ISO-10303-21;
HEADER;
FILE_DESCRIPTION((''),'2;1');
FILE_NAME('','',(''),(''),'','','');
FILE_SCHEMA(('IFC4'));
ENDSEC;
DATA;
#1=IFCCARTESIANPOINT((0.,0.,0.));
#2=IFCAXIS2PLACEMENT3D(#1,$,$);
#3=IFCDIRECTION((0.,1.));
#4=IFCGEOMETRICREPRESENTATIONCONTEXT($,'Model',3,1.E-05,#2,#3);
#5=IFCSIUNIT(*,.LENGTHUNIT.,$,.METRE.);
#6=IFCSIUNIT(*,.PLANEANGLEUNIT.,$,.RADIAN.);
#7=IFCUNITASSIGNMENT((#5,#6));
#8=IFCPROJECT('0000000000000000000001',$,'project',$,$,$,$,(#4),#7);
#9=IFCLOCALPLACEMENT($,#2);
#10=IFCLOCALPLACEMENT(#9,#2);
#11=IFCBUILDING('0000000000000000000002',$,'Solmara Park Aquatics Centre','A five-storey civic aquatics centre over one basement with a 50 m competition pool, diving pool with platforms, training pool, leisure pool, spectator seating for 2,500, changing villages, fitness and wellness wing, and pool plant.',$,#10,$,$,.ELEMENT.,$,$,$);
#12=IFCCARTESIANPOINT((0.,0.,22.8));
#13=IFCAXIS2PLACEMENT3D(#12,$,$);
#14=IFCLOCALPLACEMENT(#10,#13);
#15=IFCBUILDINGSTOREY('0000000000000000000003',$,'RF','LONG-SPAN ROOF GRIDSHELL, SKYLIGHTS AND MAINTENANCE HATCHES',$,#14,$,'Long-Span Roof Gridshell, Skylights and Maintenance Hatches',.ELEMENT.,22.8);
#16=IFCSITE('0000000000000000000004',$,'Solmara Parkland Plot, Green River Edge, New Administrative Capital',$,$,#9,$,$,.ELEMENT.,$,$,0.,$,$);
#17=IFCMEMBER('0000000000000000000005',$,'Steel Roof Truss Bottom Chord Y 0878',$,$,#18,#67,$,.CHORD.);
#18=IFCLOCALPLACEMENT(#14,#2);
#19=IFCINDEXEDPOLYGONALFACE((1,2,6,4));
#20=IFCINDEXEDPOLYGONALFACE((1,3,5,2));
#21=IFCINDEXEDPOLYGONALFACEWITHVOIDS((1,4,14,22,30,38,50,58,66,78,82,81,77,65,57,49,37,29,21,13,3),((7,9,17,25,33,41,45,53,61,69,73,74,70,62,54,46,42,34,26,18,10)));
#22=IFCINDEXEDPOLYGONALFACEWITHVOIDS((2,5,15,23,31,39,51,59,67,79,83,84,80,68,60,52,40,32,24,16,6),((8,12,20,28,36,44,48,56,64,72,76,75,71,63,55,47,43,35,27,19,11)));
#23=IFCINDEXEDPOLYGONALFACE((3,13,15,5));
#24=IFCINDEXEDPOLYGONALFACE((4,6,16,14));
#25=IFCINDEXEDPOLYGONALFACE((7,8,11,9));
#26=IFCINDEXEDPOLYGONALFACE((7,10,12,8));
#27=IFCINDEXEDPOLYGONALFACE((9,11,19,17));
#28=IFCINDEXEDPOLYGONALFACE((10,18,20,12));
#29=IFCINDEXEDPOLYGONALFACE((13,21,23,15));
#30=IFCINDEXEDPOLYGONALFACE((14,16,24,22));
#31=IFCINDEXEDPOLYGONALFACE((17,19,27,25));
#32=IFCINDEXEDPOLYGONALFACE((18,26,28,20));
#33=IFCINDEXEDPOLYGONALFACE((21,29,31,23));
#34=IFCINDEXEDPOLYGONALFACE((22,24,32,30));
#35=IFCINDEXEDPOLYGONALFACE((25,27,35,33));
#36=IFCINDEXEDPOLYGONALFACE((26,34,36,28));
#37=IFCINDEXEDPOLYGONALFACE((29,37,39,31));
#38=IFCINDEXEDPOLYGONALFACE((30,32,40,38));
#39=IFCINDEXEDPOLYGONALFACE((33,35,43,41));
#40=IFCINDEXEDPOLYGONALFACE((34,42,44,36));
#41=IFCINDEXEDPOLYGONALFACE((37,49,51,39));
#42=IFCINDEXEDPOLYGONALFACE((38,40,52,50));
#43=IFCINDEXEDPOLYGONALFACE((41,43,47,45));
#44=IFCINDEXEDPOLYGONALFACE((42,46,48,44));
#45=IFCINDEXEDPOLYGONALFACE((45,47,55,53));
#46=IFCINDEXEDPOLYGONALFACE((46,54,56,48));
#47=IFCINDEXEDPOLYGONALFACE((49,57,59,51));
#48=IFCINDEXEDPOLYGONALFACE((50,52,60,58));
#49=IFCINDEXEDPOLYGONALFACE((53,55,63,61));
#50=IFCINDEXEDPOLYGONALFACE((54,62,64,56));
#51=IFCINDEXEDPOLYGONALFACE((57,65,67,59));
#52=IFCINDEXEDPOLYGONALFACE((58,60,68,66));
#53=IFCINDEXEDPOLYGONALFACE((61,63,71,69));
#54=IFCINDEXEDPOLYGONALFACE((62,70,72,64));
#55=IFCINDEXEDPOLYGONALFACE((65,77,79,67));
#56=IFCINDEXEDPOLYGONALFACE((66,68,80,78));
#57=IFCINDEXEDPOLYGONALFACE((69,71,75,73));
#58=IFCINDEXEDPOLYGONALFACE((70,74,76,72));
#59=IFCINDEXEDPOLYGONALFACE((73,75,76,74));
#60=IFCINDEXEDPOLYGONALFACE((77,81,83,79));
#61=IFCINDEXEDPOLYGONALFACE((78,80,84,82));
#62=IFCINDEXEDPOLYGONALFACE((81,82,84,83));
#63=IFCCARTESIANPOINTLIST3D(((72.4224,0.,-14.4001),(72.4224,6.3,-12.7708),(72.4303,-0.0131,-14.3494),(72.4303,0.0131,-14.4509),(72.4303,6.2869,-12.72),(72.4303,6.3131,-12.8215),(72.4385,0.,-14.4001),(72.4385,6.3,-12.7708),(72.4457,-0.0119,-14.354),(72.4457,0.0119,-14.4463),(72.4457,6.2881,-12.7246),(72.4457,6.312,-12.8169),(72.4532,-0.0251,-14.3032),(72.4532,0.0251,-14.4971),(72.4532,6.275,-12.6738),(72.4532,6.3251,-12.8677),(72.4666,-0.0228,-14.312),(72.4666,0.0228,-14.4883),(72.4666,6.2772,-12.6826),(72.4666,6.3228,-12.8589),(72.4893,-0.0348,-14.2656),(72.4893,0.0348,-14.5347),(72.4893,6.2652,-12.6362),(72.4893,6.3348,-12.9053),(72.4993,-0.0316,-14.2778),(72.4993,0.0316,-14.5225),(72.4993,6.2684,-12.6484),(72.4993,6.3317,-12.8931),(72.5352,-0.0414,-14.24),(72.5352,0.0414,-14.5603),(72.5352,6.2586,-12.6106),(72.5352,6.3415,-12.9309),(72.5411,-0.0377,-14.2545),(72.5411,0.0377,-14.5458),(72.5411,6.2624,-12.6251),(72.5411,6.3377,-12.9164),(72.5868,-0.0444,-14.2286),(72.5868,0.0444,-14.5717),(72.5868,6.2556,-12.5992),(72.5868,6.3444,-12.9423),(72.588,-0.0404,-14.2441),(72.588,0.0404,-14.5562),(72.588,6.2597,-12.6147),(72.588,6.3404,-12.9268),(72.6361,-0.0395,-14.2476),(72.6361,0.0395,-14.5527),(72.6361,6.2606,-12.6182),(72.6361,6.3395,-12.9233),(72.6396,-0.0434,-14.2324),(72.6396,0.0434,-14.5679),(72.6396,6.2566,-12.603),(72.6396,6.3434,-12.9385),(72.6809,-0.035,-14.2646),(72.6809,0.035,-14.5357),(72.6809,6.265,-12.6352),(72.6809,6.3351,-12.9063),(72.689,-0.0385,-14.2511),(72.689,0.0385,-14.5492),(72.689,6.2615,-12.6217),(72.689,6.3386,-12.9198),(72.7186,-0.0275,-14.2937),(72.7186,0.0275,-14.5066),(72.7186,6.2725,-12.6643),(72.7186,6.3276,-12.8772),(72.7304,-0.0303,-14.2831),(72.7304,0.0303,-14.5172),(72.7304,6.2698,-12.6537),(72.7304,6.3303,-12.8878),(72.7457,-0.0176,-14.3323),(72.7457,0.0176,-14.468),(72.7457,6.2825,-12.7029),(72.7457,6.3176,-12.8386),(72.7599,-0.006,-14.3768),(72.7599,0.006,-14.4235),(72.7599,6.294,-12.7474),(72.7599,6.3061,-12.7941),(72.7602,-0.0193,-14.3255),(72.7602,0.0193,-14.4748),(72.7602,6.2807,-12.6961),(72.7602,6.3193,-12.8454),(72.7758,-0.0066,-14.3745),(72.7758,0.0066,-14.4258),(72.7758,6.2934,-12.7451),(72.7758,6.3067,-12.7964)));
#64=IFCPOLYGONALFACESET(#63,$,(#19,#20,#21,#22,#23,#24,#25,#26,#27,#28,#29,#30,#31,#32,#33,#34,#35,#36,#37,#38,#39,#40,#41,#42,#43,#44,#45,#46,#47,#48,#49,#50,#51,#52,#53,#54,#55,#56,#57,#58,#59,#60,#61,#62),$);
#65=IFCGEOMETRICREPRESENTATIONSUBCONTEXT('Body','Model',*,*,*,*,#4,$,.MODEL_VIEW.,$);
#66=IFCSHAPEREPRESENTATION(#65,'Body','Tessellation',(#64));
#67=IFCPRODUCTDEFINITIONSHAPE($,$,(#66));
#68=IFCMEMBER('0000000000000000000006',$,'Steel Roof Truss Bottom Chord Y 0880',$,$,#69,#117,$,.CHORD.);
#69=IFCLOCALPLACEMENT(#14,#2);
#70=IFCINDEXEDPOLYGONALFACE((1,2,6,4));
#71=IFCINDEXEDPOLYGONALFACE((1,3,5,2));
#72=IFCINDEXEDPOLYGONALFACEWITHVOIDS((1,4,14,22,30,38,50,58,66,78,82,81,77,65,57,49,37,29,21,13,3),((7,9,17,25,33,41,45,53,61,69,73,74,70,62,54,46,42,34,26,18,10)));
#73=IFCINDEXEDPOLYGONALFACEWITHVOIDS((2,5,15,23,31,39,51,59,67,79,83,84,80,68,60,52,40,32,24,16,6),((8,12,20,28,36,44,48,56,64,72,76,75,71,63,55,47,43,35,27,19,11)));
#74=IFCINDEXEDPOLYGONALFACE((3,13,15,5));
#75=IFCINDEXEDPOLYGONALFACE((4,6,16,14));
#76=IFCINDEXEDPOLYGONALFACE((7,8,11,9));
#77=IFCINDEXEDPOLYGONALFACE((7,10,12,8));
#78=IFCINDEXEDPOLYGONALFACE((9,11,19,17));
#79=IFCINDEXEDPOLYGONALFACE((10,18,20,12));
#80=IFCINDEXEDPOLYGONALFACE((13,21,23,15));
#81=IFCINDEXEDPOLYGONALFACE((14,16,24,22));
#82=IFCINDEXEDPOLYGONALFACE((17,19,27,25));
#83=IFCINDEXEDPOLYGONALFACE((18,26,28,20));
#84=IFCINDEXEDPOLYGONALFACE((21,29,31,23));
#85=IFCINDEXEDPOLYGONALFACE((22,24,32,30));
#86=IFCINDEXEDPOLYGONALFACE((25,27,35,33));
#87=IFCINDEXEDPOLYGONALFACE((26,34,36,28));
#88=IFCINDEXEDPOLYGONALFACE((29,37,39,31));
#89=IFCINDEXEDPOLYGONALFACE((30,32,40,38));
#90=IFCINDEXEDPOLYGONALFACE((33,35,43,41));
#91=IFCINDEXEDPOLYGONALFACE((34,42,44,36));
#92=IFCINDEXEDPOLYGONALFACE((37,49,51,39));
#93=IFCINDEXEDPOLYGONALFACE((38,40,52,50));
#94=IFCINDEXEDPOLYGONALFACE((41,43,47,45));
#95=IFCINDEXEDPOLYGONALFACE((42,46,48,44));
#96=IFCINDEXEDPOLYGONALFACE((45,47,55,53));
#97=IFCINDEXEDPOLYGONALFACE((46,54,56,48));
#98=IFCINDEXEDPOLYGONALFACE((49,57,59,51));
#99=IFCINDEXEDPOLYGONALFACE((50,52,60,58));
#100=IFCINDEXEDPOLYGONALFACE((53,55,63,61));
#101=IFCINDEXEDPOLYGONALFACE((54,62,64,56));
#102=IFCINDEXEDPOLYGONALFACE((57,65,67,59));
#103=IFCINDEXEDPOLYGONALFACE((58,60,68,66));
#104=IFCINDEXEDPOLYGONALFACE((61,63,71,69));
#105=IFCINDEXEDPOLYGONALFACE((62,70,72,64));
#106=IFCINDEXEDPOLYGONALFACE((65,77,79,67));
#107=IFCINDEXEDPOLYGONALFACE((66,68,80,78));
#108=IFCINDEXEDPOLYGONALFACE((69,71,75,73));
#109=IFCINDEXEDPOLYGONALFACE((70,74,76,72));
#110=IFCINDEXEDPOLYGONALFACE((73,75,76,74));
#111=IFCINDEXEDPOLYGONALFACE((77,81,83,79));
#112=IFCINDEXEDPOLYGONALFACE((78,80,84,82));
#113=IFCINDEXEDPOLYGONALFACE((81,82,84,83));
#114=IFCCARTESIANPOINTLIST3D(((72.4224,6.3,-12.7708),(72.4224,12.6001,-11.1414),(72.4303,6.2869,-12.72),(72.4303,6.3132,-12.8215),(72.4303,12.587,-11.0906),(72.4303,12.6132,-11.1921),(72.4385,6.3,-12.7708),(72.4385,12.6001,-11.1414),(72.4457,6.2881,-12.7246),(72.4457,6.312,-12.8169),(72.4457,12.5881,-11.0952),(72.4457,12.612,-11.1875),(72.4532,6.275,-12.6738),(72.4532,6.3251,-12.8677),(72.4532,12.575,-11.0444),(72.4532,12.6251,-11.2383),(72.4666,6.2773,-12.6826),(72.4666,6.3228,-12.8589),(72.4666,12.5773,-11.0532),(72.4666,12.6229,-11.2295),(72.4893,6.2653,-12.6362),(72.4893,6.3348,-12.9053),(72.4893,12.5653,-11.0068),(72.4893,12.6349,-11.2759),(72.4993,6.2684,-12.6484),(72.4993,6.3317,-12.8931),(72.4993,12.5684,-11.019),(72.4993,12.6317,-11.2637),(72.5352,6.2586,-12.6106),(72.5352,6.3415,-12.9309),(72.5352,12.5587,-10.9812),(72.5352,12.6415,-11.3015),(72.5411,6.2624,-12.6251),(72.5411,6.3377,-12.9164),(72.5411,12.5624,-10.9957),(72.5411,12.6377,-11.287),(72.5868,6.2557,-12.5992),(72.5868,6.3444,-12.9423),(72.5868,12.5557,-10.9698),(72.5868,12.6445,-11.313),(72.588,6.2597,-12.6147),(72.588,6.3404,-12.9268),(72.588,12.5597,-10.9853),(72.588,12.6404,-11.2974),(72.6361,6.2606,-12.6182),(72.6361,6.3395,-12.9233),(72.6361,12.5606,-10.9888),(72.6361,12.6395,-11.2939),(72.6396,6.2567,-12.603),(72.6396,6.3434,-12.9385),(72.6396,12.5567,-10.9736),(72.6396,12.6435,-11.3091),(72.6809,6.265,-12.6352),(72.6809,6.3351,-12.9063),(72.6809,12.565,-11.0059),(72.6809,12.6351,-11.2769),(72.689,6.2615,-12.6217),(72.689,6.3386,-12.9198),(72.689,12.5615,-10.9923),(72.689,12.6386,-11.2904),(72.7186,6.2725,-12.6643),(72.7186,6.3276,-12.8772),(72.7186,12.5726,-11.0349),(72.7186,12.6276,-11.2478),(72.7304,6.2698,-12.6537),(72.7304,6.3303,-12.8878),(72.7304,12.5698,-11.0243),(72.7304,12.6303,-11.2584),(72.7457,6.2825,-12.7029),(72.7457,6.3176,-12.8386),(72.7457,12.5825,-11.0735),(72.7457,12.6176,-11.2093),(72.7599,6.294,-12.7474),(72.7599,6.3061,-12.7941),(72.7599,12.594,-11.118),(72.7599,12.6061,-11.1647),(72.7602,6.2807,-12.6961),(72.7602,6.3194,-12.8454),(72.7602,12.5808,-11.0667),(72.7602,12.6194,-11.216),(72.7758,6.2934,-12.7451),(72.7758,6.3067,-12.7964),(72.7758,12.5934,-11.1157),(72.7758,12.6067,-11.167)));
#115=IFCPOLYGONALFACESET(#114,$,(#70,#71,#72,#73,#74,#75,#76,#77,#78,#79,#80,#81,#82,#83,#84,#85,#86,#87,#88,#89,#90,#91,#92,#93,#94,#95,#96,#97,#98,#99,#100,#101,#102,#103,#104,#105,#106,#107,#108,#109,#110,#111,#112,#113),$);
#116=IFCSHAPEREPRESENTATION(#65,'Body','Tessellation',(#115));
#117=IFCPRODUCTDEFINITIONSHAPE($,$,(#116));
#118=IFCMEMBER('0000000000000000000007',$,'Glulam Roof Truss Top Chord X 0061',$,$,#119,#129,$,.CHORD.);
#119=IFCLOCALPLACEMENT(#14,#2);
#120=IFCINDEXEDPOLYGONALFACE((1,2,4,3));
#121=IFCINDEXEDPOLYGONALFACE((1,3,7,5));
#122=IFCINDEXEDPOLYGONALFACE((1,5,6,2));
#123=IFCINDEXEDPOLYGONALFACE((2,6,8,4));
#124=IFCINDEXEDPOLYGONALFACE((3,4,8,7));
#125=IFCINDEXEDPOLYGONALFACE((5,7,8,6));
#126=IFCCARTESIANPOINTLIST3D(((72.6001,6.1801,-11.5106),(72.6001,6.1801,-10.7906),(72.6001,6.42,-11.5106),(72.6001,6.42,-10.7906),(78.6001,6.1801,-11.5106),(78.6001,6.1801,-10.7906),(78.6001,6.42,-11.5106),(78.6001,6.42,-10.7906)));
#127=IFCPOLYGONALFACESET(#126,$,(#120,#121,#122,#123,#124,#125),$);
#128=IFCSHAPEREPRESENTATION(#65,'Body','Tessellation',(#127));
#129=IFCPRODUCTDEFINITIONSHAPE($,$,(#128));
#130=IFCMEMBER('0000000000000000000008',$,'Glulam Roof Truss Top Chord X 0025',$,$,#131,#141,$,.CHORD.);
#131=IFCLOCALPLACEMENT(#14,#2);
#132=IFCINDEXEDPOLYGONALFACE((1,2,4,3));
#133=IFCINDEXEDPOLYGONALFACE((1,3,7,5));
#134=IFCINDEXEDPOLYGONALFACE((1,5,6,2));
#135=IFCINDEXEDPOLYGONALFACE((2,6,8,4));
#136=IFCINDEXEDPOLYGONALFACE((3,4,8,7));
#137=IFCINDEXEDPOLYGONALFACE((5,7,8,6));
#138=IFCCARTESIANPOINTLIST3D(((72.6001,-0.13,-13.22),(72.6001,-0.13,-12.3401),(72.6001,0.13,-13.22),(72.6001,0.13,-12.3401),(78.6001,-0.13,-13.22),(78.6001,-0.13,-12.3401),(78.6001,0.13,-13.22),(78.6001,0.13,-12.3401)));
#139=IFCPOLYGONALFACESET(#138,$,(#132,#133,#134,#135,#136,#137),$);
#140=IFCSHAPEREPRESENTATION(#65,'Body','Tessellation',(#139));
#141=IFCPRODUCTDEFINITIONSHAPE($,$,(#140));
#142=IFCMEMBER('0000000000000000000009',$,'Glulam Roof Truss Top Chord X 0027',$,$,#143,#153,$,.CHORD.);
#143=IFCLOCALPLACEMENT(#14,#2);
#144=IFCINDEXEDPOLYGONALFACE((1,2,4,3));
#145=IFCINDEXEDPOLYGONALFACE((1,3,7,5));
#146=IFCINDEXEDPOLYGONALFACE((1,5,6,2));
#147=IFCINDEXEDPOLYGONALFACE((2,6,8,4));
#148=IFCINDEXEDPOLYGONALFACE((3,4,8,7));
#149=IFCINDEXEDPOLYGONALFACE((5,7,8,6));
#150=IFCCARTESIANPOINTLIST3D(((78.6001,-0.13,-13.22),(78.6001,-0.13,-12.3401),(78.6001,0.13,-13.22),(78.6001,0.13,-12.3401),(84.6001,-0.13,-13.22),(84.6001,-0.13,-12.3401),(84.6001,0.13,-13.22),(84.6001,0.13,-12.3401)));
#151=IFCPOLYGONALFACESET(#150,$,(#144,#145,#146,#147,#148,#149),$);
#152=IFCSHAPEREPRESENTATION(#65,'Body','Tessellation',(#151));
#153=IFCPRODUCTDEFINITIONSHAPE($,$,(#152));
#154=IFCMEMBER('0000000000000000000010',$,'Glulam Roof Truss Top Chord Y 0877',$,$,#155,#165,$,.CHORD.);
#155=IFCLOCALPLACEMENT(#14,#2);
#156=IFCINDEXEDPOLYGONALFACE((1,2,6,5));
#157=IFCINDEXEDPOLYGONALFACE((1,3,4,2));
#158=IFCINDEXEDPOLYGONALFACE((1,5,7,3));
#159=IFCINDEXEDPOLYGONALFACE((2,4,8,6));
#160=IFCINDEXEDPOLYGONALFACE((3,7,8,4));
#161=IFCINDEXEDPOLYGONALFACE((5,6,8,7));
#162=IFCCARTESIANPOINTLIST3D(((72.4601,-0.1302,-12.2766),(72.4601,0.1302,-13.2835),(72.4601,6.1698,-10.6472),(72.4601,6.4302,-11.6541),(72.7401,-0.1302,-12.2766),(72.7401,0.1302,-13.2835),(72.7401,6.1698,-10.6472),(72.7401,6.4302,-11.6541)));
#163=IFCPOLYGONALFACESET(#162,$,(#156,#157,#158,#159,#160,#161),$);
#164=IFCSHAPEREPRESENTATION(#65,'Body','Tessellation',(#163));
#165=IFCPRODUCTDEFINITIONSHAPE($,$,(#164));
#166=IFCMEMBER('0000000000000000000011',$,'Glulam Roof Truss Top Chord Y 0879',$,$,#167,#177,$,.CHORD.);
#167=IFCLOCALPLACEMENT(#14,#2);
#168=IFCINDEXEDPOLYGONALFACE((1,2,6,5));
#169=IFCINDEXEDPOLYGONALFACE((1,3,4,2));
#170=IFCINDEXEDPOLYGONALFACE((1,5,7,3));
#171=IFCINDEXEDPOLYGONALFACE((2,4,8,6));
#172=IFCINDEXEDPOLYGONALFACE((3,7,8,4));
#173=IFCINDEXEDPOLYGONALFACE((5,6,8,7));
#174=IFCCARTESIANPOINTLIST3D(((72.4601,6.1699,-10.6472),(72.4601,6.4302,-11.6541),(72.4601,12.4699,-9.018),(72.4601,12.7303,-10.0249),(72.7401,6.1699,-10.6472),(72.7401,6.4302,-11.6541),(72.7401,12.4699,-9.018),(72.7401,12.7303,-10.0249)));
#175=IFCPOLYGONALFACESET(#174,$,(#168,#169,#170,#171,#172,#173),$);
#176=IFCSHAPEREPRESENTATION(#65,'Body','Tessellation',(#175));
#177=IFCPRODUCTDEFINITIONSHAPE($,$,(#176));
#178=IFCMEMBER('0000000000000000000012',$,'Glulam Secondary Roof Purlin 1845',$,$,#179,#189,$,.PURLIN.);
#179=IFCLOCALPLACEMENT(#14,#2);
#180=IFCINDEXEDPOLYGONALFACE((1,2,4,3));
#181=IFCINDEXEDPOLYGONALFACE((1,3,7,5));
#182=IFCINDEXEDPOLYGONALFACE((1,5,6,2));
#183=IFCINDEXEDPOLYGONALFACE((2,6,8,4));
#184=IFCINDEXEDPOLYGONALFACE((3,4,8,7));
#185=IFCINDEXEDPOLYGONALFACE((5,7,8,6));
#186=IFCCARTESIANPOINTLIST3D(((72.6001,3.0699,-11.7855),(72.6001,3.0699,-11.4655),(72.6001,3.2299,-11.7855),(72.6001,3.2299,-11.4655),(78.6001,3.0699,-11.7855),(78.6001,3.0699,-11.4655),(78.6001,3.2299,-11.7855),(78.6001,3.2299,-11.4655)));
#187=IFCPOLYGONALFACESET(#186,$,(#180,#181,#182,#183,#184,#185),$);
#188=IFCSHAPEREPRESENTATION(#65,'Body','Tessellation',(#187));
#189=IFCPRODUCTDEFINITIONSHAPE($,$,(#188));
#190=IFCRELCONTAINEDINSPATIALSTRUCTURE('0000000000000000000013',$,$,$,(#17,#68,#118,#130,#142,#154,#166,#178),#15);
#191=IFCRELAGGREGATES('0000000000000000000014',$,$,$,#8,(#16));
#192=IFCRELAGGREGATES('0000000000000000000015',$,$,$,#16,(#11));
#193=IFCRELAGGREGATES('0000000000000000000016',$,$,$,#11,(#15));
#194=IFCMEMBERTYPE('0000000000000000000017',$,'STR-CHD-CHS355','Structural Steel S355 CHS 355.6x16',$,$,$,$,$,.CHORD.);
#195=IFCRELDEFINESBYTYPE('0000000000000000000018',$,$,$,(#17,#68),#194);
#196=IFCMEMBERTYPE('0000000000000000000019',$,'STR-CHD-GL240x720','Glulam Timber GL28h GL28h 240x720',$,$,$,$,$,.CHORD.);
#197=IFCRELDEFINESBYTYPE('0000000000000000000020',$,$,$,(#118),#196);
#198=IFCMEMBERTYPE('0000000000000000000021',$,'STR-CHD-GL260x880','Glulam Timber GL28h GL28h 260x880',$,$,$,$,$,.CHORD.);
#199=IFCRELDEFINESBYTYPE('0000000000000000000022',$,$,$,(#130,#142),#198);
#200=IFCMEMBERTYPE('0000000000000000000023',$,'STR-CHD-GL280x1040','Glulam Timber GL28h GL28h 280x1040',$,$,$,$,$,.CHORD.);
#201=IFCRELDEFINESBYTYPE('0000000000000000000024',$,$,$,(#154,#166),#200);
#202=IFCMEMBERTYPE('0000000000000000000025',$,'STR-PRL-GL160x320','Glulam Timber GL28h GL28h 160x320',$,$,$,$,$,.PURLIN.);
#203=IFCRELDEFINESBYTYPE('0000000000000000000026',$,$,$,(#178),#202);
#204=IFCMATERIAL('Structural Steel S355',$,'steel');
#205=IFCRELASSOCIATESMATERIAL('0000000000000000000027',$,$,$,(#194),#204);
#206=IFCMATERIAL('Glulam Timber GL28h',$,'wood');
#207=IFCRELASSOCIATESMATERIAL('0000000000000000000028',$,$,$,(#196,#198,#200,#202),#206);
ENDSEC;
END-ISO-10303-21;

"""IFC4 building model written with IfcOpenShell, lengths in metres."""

from ifc_helpers import new_model, si_unit, direction, frame, origin, origin_2d, place, context, subcontext, project, spatial, rectangle, hollow_circle, extrude, material, material_profile, profile_set, type_object, element, save


model = new_model("IFC4")

# Units and contexts
model_context = context("Model", 3, precision=1e-05, world=origin(), true_north=direction((0.0, 1.0)))
body_context = subcontext(model_context, "Body", "Model", "MODEL_VIEW")
ifc_project = project(units=[si_unit("LENGTHUNIT", "METRE"), si_unit("PLANEANGLEUNIT", "RADIAN")], contexts=[model_context])

# Site, building, storey
site_placement = place(None, origin())
site = spatial("IfcSite", under=ifc_project, at=site_placement, Name="Solmara Parkland Plot, Green River Edge, New Administrative Capital", CompositionType="ELEMENT", RefElevation=0.0)
building_placement = place(site_placement, origin())
building = spatial("IfcBuilding", under=site, at=building_placement, Name="Solmara Park Aquatics Centre", Description="A five-storey civic aquatics centre over one basement with a 50 m competition pool, diving pool with platforms, training pool, leisure pool, spectator seating for 2,500, changing villages, fitness and wellness wing, and pool plant.", CompositionType="ELEMENT")
storey_placement = place(building_placement, frame((0.0, 0.0, 22.8)))
storey = spatial("IfcBuildingStorey", under=building, at=storey_placement, Name="RF", Description="LONG-SPAN ROOF GRIDSHELL, SKYLIGHTS AND MAINTENANCE HATCHES", LongName="Long-Span Roof Gridshell, Skylights and Maintenance Hatches", CompositionType="ELEMENT", Elevation=22.8)

# Members
ifc_material_1 = material(Name="Structural Steel S355", Category="steel")
ifc_material_profile_1 = material_profile(ifc_material_1, hollow_circle(Radius=0.1777, WallThickness=0.0161, at=origin_2d()), Name="CHS 355.6x16")
ifc_profile_set_1 = profile_set([ifc_material_profile_1], Name="Structural Steel S355")
member_type_1 = type_object("IfcMemberType", Name="STR-CHD-CHS355", Description="Structural Steel S355 CHS 355.6x16", PredefinedType="CHORD", material=ifc_profile_set_1)
for number, where, z_axis, x_axis, name in (
    (1, (72.6001, 0.0, -14.4001), (0.0, 0.968144, 0.250393), (-1.0, 0.0, 0.0), "Steel Roof Truss Bottom Chord Y 0878"),
    (2, (72.6001, 6.3, -12.7708), (0.0, 0.968144, 0.250393), (-1.0, 0.0, 0.0), "Steel Roof Truss Bottom Chord Y 0880"),
):
    element("IfcMember", number, at=place(storey_placement, frame(where, z_axis=z_axis, x_axis=x_axis)), inside=storey, type_object=member_type_1, Name=name, PredefinedType="CHORD", context=body_context, shape_type="SweptSolid", body=[
        extrude(hollow_circle(Radius=0.1777, WallThickness=0.0161, at=origin_2d()), origin(), (0.0, 0.0, 1.0), 6.5073),
    ])
ifc_material_2 = material(Name="Glulam Timber GL28h", Category="wood")
ifc_material_profile_2 = material_profile(ifc_material_2, rectangle(XDim=0.24, YDim=0.72, at=origin_2d()), Name="GL28h 240x720")
ifc_profile_set_2 = profile_set([ifc_material_profile_2], Name="Glulam Timber GL28h")
member_type_2 = type_object("IfcMemberType", Name="STR-CHD-GL240x720", Description="Glulam Timber GL28h GL28h 240x720", PredefinedType="CHORD", material=ifc_profile_set_2)
member_1_placement = place(storey_placement, frame((72.6001, 6.3, -11.1506), z_axis=(1.0, 0.0, 0.0), x_axis=(0.0, 1.0, 0.0)))
element("IfcMember", 3, at=member_1_placement, inside=storey, type_object=member_type_2, Name="Glulam Roof Truss Top Chord X 0061", PredefinedType="CHORD", context=body_context, shape_type="SweptSolid", body=[
    extrude(rectangle(XDim=0.24, YDim=0.72, at=origin_2d()), origin(), (0.0, 0.0, 1.0), 6.0),
])
ifc_material_profile_3 = material_profile(ifc_material_2, rectangle(XDim=0.26, YDim=0.8799, at=origin_2d()), Name="GL28h 260x880")
ifc_profile_set_3 = profile_set([ifc_material_profile_3], Name="Glulam Timber GL28h")
member_type_3 = type_object("IfcMemberType", Name="STR-CHD-GL260x880", Description="Glulam Timber GL28h GL28h 260x880", PredefinedType="CHORD", material=ifc_profile_set_3)
for number, where, z_axis, x_axis, name in (
    (4, (72.6001, 0.0, -12.78), (1.0, 0.0, 0.0), (0.0, 1.0, 0.0), "Glulam Roof Truss Top Chord X 0025"),
    (5, (78.6001, 0.0, -12.78), (1.0, 0.0, 0.0), (0.0, 1.0, 0.0), "Glulam Roof Truss Top Chord X 0027"),
):
    element("IfcMember", number, at=place(storey_placement, frame(where, z_axis=z_axis, x_axis=x_axis)), inside=storey, type_object=member_type_3, Name=name, PredefinedType="CHORD", context=body_context, shape_type="SweptSolid", body=[
        extrude(rectangle(XDim=0.26, YDim=0.8799, at=origin_2d()), origin(), (0.0, 0.0, 1.0), 6.0),
    ])
ifc_material_profile_4 = material_profile(ifc_material_2, rectangle(XDim=0.28, YDim=1.04, at=origin_2d()), Name="GL28h 280x1040")
ifc_profile_set_4 = profile_set([ifc_material_profile_4], Name="Glulam Timber GL28h")
member_type_4 = type_object("IfcMemberType", Name="STR-CHD-GL280x1040", Description="Glulam Timber GL28h GL28h 280x1040", PredefinedType="CHORD", material=ifc_profile_set_4)
for number, where, z_axis, x_axis, name in (
    (6, (72.6001, 0.0, -12.78), (0.0, 0.968144, 0.250393), (-1.0, 0.0, 0.0), "Glulam Roof Truss Top Chord Y 0877"),
    (7, (72.6001, 6.3, -11.1506), (0.0, 0.968153, 0.250358), (-1.0, 0.0, 0.0), "Glulam Roof Truss Top Chord Y 0879"),
):
    element("IfcMember", number, at=place(storey_placement, frame(where, z_axis=z_axis, x_axis=x_axis)), inside=storey, type_object=member_type_4, Name=name, PredefinedType="CHORD", context=body_context, shape_type="SweptSolid", body=[
        extrude(rectangle(XDim=0.28, YDim=1.04, at=origin_2d()), origin(), (0.0, 0.0, 1.0), 6.5073),
    ])
ifc_material_profile_5 = material_profile(ifc_material_2, rectangle(XDim=0.1599, YDim=0.3201, at=origin_2d()), Name="GL28h 160x320")
ifc_profile_set_5 = profile_set([ifc_material_profile_5], Name="Glulam Timber GL28h")
member_type_5 = type_object("IfcMemberType", Name="STR-PRL-GL160x320", Description="Glulam Timber GL28h GL28h 160x320", PredefinedType="PURLIN", material=ifc_profile_set_5)
member_2_placement = place(storey_placement, frame((72.6001, 3.1499, -11.6255), z_axis=(1.0, 0.0, 0.0), x_axis=(0.0, 1.0, 0.0)))
element("IfcMember", 8, at=member_2_placement, inside=storey, type_object=member_type_5, Name="Glulam Secondary Roof Purlin 1845", PredefinedType="PURLIN", context=body_context, shape_type="SweptSolid", body=[
    extrude(rectangle(XDim=0.1599, YDim=0.3201, at=origin_2d()), origin(), (0.0, 0.0, 1.0), 6.0),
])

save(model, "model.ifc")
